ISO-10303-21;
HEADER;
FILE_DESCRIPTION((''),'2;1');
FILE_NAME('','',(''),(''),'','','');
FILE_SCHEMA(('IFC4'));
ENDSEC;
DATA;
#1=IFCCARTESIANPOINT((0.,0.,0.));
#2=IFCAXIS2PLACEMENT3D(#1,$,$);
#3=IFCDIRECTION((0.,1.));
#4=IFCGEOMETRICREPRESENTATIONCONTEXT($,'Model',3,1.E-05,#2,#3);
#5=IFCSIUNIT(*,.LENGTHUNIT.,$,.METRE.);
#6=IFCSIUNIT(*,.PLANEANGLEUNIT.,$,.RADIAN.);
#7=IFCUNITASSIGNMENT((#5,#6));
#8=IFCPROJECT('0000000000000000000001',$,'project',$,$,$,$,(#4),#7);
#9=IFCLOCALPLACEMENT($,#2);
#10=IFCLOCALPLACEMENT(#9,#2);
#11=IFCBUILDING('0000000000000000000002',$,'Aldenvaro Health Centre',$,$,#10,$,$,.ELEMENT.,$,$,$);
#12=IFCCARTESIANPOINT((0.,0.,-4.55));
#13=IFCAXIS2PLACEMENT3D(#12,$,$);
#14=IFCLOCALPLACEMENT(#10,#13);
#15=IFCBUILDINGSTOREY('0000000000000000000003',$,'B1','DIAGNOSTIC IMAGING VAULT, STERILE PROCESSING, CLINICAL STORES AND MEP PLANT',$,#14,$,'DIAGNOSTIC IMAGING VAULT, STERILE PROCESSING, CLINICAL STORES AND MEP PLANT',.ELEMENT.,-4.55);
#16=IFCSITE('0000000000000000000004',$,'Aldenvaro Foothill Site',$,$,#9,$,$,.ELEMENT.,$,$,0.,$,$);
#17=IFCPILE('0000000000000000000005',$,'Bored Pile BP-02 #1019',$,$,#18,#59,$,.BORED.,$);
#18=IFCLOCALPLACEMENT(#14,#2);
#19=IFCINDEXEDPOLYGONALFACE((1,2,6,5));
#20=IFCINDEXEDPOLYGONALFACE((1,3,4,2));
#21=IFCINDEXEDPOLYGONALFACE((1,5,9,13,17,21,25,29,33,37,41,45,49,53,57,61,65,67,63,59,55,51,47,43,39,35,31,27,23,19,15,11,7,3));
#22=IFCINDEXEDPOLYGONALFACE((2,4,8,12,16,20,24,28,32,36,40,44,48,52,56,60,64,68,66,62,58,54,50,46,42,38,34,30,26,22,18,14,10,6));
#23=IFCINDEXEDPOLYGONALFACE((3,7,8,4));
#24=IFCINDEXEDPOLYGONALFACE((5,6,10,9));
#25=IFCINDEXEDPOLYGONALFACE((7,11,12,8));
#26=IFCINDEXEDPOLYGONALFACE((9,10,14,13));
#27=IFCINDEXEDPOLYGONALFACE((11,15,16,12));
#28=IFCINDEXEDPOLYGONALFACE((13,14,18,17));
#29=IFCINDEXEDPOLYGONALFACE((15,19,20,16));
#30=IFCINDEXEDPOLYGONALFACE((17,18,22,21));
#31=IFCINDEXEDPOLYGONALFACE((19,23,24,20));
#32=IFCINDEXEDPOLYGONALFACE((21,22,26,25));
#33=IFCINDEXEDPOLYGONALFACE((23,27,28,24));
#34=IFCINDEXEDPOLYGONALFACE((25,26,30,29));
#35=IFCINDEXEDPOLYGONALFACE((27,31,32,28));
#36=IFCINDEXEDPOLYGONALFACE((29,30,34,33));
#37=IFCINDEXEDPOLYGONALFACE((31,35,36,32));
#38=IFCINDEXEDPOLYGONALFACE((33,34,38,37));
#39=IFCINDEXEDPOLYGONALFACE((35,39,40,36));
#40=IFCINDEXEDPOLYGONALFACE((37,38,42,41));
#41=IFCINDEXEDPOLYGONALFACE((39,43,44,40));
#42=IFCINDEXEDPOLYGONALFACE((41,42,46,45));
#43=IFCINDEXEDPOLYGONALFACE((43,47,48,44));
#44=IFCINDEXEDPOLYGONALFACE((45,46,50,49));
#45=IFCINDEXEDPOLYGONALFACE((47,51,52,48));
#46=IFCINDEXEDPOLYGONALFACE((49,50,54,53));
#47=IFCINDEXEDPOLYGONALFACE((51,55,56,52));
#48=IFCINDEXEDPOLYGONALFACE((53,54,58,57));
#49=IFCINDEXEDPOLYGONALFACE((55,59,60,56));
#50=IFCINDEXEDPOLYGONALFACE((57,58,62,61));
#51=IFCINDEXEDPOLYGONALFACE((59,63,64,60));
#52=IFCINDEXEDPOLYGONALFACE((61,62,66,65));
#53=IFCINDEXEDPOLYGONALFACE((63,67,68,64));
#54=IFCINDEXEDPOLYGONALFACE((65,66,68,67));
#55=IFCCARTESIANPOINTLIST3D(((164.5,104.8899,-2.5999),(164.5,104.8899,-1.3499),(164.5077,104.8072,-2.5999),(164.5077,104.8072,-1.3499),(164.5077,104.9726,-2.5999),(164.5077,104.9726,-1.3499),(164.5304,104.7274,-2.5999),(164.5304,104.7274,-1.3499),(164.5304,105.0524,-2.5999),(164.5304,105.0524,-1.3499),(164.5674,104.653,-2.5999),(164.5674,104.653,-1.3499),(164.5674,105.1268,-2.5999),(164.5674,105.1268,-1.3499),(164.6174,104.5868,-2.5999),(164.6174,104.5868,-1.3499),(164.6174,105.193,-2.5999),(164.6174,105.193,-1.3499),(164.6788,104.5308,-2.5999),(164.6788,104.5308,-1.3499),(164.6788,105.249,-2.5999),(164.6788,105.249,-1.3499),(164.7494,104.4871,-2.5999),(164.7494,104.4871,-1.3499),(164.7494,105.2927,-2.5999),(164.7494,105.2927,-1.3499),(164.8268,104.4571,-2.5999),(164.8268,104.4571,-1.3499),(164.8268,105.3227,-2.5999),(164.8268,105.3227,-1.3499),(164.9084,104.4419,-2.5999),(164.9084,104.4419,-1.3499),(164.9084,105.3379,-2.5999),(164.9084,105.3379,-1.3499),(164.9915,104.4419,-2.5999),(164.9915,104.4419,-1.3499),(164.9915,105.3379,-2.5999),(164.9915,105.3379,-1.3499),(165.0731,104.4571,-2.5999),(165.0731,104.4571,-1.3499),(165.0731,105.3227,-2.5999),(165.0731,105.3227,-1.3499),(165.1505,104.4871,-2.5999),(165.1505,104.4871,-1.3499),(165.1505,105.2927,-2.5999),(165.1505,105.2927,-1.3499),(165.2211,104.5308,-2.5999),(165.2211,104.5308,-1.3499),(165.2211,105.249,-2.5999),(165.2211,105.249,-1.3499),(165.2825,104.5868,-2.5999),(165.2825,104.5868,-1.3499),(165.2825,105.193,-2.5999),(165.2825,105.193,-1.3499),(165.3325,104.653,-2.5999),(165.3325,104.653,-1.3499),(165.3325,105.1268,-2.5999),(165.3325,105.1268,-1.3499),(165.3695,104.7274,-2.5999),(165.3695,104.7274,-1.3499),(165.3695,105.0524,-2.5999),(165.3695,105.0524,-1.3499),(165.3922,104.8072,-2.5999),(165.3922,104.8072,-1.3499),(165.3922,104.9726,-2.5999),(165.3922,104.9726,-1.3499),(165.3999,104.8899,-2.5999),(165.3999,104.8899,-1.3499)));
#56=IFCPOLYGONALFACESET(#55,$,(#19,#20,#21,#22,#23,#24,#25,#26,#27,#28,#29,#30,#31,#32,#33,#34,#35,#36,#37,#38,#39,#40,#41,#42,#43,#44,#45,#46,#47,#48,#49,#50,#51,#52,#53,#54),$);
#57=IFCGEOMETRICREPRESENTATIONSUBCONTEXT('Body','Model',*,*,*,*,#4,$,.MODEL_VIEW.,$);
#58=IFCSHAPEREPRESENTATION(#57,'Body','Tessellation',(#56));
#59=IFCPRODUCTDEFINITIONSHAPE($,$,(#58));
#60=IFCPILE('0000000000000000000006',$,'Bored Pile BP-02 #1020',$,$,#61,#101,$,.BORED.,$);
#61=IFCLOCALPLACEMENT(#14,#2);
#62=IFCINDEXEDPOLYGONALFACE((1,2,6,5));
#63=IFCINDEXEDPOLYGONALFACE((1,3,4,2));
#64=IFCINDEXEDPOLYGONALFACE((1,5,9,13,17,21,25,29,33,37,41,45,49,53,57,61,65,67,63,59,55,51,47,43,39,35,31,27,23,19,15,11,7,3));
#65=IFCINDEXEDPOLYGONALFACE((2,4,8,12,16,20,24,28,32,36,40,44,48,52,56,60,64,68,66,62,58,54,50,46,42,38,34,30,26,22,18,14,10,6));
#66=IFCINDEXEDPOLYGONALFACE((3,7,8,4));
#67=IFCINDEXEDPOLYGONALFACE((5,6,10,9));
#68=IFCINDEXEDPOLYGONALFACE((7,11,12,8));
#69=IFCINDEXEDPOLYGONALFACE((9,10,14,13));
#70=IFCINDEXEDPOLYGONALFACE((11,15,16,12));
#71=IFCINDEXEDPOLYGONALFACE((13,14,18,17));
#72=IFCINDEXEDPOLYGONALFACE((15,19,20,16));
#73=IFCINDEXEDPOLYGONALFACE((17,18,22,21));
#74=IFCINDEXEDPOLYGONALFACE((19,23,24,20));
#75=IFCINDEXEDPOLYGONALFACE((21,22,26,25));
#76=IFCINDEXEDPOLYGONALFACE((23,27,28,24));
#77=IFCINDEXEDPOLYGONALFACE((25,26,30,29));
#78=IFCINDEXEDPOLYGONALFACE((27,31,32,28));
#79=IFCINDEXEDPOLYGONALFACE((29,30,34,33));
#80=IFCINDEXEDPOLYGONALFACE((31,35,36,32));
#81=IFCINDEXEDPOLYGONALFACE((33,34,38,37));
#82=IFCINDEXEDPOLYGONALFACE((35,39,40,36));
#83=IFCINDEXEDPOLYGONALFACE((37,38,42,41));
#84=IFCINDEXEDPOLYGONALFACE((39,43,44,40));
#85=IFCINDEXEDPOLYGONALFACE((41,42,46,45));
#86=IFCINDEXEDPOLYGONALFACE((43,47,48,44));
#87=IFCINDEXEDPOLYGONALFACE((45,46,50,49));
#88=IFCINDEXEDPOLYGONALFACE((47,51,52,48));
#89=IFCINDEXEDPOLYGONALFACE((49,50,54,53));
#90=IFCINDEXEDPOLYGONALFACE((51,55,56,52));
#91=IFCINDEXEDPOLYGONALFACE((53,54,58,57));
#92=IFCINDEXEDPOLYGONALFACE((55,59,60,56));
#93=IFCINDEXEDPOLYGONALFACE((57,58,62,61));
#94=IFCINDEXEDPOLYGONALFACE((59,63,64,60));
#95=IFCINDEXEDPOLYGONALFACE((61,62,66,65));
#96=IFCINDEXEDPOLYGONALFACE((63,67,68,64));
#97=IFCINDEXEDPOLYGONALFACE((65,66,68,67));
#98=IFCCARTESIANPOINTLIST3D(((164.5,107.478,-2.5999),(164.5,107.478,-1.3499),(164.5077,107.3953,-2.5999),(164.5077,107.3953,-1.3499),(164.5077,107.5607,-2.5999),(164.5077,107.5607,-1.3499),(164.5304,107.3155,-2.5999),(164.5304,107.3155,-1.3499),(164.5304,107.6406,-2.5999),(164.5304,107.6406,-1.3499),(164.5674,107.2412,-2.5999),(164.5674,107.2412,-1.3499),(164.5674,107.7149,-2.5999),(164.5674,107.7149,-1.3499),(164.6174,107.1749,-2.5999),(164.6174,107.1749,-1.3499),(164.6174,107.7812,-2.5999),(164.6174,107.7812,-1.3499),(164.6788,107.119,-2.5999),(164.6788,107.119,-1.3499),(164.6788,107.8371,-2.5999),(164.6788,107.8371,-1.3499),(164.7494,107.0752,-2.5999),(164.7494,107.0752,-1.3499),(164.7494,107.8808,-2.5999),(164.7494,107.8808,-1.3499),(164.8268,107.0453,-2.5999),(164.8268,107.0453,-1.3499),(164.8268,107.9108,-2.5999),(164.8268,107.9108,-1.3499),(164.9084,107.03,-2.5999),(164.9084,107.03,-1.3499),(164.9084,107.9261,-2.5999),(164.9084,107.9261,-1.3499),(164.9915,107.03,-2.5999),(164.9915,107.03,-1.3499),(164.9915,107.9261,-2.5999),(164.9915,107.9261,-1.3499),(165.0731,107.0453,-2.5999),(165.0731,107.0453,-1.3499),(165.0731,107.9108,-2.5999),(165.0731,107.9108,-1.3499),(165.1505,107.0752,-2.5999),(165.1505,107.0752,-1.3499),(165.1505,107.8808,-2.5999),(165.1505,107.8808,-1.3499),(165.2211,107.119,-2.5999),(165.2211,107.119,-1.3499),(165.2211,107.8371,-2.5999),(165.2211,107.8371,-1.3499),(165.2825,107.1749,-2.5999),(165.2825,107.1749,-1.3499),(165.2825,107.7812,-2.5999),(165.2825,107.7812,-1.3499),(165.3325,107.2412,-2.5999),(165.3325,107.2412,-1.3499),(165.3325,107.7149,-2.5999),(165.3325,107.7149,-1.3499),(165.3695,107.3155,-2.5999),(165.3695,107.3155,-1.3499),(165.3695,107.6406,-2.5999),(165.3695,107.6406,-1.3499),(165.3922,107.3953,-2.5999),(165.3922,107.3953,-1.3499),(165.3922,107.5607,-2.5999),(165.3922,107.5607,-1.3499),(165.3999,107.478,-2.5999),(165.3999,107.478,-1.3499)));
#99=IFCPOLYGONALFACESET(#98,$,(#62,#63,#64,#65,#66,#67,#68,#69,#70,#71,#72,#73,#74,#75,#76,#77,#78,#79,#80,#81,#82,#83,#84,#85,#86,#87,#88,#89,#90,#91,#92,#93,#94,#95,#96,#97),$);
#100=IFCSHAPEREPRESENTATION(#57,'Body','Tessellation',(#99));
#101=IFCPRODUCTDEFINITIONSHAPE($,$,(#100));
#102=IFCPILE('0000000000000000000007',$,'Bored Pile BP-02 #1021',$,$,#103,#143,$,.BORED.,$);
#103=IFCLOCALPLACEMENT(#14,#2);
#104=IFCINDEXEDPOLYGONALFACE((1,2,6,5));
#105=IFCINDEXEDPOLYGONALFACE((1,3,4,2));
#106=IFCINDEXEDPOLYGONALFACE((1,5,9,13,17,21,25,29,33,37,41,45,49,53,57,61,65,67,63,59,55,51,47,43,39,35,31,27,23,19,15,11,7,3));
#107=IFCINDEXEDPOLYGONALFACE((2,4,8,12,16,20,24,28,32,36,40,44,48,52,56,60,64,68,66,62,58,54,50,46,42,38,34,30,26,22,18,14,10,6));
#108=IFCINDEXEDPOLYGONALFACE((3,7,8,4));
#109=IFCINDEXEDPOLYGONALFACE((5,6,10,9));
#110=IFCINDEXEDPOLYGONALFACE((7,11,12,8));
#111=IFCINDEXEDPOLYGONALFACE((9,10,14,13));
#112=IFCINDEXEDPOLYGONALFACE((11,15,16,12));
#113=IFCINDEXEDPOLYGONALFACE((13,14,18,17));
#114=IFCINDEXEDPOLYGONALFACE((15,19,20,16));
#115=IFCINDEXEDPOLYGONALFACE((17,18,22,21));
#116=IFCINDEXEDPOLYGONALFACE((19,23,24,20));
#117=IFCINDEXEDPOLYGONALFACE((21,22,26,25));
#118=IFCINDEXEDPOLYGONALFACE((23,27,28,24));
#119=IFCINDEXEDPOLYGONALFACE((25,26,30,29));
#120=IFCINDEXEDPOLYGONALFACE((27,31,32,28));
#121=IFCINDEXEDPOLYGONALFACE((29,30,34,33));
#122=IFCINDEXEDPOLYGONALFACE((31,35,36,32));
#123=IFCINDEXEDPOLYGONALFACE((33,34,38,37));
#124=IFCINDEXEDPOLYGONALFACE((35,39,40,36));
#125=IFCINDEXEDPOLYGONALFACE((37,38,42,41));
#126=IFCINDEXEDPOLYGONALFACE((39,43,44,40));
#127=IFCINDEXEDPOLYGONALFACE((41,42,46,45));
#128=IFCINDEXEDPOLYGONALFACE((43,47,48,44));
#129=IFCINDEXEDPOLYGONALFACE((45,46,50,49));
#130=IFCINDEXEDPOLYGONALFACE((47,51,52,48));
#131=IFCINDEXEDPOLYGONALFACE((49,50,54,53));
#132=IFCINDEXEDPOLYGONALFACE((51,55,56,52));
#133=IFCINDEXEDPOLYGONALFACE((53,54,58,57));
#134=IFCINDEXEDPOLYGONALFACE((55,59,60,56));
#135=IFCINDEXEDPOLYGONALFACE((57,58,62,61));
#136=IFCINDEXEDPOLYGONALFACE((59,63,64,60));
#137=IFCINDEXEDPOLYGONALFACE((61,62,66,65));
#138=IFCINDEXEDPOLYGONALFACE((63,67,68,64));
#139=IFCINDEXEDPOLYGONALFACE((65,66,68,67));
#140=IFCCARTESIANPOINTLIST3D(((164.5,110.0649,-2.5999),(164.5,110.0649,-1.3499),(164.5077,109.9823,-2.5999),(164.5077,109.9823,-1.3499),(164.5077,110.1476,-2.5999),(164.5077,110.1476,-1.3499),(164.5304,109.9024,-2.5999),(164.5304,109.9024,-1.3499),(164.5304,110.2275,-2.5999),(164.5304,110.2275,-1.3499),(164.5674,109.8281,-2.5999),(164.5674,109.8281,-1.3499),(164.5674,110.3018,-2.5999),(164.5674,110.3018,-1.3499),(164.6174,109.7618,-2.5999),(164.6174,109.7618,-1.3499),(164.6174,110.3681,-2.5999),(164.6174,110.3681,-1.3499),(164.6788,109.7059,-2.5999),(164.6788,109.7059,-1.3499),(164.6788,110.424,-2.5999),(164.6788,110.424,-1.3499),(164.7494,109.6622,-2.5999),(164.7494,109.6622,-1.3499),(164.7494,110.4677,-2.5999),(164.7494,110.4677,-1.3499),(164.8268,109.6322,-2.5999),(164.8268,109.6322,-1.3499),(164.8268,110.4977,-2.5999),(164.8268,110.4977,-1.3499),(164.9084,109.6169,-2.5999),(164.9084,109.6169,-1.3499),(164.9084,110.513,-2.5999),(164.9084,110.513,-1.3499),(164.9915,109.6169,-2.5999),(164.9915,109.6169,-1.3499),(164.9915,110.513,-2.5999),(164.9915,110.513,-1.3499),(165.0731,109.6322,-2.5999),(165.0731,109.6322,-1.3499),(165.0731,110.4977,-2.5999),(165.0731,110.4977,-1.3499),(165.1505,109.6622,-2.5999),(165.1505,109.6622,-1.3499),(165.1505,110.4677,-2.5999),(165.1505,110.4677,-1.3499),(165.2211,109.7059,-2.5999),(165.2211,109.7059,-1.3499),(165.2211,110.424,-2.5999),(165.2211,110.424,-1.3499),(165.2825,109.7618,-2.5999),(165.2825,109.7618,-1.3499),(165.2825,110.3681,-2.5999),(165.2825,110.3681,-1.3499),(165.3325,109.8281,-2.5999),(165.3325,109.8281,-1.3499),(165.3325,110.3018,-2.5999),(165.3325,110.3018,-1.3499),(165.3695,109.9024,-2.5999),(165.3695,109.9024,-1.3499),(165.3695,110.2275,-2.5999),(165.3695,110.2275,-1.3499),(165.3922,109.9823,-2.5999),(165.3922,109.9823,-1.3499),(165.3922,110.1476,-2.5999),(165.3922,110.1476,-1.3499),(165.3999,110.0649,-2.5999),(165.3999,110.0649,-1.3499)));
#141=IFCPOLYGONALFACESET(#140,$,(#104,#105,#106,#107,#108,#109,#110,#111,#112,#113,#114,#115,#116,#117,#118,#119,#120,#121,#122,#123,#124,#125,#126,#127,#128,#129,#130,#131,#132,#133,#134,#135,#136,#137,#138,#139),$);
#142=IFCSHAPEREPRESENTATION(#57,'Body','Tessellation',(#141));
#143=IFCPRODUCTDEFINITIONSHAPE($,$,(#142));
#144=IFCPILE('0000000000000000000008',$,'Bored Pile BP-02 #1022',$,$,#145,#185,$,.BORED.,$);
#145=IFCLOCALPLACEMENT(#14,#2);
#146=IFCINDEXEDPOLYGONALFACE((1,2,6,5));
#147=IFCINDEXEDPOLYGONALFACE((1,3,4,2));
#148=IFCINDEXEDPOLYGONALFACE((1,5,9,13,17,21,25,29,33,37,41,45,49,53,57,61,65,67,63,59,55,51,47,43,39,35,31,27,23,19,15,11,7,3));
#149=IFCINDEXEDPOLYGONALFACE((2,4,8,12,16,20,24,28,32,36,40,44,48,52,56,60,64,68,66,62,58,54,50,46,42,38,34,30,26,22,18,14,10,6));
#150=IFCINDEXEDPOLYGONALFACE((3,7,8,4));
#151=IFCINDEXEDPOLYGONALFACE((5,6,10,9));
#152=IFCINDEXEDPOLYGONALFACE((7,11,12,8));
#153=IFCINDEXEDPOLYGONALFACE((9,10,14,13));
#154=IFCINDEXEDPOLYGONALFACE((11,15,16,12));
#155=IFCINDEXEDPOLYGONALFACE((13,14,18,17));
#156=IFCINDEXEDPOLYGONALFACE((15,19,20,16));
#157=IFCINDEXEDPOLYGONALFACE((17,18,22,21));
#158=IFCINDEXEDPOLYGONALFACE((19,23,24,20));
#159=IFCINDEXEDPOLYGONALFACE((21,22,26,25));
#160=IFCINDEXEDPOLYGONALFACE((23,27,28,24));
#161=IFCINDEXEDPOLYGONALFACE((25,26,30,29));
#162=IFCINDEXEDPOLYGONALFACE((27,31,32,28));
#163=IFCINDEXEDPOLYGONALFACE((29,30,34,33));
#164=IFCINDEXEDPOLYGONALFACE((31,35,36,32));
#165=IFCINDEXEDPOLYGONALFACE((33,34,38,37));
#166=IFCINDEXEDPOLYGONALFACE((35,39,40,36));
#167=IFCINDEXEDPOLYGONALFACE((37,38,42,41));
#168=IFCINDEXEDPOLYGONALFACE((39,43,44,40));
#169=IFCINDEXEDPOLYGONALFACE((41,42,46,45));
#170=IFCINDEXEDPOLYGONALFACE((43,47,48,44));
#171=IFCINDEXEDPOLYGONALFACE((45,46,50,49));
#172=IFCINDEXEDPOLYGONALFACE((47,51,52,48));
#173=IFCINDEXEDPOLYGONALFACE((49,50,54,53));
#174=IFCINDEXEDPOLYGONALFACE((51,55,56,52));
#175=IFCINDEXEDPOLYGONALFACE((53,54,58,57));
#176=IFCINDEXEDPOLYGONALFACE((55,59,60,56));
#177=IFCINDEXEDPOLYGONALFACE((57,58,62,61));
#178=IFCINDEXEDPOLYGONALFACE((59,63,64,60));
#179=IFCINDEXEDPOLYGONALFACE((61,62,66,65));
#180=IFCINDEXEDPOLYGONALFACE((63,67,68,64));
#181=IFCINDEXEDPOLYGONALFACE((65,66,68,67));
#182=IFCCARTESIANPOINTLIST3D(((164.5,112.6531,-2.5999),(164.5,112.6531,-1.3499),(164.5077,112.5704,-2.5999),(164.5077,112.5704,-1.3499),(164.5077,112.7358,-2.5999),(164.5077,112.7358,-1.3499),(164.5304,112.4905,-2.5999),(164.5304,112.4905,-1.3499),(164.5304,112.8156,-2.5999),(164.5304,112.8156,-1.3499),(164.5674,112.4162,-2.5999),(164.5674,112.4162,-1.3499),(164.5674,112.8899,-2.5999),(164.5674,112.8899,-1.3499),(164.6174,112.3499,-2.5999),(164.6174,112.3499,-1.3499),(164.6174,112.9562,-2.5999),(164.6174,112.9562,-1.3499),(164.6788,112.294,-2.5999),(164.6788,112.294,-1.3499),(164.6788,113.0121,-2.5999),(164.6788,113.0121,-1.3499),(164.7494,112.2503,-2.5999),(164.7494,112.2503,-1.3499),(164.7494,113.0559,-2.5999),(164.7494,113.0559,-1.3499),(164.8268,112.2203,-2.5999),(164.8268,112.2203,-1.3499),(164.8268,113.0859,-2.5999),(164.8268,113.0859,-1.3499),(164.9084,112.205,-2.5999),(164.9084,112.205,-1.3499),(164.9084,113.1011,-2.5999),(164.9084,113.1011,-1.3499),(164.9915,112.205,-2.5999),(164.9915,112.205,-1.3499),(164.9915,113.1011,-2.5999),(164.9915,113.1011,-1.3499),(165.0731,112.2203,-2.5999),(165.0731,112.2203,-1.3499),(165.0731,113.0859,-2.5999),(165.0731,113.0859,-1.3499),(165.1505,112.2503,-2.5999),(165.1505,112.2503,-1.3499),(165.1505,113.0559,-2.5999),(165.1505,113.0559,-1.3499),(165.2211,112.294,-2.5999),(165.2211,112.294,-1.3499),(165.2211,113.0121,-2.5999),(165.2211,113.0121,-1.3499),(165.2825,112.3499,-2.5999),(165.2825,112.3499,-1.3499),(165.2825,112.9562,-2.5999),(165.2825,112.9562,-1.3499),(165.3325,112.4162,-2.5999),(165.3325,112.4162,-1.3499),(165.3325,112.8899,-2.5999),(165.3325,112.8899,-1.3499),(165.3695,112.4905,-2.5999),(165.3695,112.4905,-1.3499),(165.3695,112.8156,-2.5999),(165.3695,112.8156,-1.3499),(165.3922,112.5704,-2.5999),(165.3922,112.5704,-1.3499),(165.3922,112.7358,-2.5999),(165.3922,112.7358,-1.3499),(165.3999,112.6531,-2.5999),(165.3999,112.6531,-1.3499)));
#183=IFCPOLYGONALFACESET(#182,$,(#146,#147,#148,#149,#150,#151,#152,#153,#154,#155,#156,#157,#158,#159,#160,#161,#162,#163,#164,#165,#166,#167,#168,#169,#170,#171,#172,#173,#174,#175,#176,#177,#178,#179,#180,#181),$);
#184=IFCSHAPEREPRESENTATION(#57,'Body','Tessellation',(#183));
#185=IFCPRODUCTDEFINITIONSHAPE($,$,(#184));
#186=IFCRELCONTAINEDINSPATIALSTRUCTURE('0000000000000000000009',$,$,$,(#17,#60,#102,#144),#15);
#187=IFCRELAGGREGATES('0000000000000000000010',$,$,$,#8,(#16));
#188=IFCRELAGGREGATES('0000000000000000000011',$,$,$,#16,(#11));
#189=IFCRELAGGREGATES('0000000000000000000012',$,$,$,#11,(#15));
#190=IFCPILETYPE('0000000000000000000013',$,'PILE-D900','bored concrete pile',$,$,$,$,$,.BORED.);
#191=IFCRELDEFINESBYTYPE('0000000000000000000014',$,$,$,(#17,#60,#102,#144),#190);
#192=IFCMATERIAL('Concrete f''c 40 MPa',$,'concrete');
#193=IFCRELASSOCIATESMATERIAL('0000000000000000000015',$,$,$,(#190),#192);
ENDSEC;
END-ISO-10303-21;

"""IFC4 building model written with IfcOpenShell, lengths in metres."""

from ifc_helpers import new_model, si_unit, direction, frame, origin, origin_2d, place, context, subcontext, project, spatial, circle, extrude, material, material_profile, profile_set, type_object, element, save


model = new_model("IFC4")

# Units and contexts
model_context = context("Model", 3, precision=1e-05, world=origin(), true_north=direction((0.0, 1.0)))
body_context = subcontext(model_context, "Body", "Model", "MODEL_VIEW")
ifc_project = project(units=[si_unit("LENGTHUNIT", "METRE"), si_unit("PLANEANGLEUNIT", "RADIAN")], contexts=[model_context])

# Site, building, storey
site_placement = place(None, origin())
site = spatial("IfcSite", under=ifc_project, at=site_placement, Name="Aldenvaro Foothill Site", CompositionType="ELEMENT", RefElevation=0.0)
building_placement = place(site_placement, origin())
building = spatial("IfcBuilding", under=site, at=building_placement, Name="Aldenvaro Health Centre", CompositionType="ELEMENT")
storey_placement = place(building_placement, frame((0.0, 0.0, -4.55)))
storey = spatial("IfcBuildingStorey", under=building, at=storey_placement, Name="B1", Description="DIAGNOSTIC IMAGING VAULT, STERILE PROCESSING, CLINICAL STORES AND MEP PLANT", LongName="DIAGNOSTIC IMAGING VAULT, STERILE PROCESSING, CLINICAL STORES AND MEP PLANT", CompositionType="ELEMENT", Elevation=-4.55)

# Piles
ifc_material_1 = material(Name="Concrete f'c 40 MPa", Category="concrete")
ifc_material_profile_1 = material_profile(ifc_material_1, circle(Radius=0.45, at=origin_2d()), Name="PILE D900", Category="concrete")
ifc_profile_set_1 = profile_set([ifc_material_profile_1], Name="Concrete f'c 40 MPa")
pile_type = type_object("IfcPileType", Name="PILE-D900", Description="bored concrete pile", PredefinedType="BORED", material=ifc_profile_set_1)
for number, where, z_axis, x_axis, name in (
    (1, (164.95, 104.8899, -1.3499), (0.0, 0.0, -1.0), (1.0, 0.0, 0.0), "Bored Pile BP-02 #1019"),
    (2, (164.95, 107.478, -1.3499), (0.0, 0.0, -1.0), (1.0, 0.0, 0.0), "Bored Pile BP-02 #1020"),
    (3, (164.95, 110.0649, -1.3499), (0.0, 0.0, -1.0), (1.0, 0.0, 0.0), "Bored Pile BP-02 #1021"),
    (4, (164.95, 112.6531, -1.3499), (0.0, 0.0, -1.0), (1.0, 0.0, 0.0), "Bored Pile BP-02 #1022"),
):
    element("IfcPile", number, at=place(storey_placement, frame(where, z_axis=z_axis, x_axis=x_axis)), inside=storey, type_object=pile_type, Name=name, PredefinedType="BORED", context=body_context, shape_type="SweptSolid", body=[
        extrude(circle(Radius=0.45, at=origin_2d()), origin(), (0.0, 0.0, 1.0), 1.25),
    ])

save(model, "model.ifc")
